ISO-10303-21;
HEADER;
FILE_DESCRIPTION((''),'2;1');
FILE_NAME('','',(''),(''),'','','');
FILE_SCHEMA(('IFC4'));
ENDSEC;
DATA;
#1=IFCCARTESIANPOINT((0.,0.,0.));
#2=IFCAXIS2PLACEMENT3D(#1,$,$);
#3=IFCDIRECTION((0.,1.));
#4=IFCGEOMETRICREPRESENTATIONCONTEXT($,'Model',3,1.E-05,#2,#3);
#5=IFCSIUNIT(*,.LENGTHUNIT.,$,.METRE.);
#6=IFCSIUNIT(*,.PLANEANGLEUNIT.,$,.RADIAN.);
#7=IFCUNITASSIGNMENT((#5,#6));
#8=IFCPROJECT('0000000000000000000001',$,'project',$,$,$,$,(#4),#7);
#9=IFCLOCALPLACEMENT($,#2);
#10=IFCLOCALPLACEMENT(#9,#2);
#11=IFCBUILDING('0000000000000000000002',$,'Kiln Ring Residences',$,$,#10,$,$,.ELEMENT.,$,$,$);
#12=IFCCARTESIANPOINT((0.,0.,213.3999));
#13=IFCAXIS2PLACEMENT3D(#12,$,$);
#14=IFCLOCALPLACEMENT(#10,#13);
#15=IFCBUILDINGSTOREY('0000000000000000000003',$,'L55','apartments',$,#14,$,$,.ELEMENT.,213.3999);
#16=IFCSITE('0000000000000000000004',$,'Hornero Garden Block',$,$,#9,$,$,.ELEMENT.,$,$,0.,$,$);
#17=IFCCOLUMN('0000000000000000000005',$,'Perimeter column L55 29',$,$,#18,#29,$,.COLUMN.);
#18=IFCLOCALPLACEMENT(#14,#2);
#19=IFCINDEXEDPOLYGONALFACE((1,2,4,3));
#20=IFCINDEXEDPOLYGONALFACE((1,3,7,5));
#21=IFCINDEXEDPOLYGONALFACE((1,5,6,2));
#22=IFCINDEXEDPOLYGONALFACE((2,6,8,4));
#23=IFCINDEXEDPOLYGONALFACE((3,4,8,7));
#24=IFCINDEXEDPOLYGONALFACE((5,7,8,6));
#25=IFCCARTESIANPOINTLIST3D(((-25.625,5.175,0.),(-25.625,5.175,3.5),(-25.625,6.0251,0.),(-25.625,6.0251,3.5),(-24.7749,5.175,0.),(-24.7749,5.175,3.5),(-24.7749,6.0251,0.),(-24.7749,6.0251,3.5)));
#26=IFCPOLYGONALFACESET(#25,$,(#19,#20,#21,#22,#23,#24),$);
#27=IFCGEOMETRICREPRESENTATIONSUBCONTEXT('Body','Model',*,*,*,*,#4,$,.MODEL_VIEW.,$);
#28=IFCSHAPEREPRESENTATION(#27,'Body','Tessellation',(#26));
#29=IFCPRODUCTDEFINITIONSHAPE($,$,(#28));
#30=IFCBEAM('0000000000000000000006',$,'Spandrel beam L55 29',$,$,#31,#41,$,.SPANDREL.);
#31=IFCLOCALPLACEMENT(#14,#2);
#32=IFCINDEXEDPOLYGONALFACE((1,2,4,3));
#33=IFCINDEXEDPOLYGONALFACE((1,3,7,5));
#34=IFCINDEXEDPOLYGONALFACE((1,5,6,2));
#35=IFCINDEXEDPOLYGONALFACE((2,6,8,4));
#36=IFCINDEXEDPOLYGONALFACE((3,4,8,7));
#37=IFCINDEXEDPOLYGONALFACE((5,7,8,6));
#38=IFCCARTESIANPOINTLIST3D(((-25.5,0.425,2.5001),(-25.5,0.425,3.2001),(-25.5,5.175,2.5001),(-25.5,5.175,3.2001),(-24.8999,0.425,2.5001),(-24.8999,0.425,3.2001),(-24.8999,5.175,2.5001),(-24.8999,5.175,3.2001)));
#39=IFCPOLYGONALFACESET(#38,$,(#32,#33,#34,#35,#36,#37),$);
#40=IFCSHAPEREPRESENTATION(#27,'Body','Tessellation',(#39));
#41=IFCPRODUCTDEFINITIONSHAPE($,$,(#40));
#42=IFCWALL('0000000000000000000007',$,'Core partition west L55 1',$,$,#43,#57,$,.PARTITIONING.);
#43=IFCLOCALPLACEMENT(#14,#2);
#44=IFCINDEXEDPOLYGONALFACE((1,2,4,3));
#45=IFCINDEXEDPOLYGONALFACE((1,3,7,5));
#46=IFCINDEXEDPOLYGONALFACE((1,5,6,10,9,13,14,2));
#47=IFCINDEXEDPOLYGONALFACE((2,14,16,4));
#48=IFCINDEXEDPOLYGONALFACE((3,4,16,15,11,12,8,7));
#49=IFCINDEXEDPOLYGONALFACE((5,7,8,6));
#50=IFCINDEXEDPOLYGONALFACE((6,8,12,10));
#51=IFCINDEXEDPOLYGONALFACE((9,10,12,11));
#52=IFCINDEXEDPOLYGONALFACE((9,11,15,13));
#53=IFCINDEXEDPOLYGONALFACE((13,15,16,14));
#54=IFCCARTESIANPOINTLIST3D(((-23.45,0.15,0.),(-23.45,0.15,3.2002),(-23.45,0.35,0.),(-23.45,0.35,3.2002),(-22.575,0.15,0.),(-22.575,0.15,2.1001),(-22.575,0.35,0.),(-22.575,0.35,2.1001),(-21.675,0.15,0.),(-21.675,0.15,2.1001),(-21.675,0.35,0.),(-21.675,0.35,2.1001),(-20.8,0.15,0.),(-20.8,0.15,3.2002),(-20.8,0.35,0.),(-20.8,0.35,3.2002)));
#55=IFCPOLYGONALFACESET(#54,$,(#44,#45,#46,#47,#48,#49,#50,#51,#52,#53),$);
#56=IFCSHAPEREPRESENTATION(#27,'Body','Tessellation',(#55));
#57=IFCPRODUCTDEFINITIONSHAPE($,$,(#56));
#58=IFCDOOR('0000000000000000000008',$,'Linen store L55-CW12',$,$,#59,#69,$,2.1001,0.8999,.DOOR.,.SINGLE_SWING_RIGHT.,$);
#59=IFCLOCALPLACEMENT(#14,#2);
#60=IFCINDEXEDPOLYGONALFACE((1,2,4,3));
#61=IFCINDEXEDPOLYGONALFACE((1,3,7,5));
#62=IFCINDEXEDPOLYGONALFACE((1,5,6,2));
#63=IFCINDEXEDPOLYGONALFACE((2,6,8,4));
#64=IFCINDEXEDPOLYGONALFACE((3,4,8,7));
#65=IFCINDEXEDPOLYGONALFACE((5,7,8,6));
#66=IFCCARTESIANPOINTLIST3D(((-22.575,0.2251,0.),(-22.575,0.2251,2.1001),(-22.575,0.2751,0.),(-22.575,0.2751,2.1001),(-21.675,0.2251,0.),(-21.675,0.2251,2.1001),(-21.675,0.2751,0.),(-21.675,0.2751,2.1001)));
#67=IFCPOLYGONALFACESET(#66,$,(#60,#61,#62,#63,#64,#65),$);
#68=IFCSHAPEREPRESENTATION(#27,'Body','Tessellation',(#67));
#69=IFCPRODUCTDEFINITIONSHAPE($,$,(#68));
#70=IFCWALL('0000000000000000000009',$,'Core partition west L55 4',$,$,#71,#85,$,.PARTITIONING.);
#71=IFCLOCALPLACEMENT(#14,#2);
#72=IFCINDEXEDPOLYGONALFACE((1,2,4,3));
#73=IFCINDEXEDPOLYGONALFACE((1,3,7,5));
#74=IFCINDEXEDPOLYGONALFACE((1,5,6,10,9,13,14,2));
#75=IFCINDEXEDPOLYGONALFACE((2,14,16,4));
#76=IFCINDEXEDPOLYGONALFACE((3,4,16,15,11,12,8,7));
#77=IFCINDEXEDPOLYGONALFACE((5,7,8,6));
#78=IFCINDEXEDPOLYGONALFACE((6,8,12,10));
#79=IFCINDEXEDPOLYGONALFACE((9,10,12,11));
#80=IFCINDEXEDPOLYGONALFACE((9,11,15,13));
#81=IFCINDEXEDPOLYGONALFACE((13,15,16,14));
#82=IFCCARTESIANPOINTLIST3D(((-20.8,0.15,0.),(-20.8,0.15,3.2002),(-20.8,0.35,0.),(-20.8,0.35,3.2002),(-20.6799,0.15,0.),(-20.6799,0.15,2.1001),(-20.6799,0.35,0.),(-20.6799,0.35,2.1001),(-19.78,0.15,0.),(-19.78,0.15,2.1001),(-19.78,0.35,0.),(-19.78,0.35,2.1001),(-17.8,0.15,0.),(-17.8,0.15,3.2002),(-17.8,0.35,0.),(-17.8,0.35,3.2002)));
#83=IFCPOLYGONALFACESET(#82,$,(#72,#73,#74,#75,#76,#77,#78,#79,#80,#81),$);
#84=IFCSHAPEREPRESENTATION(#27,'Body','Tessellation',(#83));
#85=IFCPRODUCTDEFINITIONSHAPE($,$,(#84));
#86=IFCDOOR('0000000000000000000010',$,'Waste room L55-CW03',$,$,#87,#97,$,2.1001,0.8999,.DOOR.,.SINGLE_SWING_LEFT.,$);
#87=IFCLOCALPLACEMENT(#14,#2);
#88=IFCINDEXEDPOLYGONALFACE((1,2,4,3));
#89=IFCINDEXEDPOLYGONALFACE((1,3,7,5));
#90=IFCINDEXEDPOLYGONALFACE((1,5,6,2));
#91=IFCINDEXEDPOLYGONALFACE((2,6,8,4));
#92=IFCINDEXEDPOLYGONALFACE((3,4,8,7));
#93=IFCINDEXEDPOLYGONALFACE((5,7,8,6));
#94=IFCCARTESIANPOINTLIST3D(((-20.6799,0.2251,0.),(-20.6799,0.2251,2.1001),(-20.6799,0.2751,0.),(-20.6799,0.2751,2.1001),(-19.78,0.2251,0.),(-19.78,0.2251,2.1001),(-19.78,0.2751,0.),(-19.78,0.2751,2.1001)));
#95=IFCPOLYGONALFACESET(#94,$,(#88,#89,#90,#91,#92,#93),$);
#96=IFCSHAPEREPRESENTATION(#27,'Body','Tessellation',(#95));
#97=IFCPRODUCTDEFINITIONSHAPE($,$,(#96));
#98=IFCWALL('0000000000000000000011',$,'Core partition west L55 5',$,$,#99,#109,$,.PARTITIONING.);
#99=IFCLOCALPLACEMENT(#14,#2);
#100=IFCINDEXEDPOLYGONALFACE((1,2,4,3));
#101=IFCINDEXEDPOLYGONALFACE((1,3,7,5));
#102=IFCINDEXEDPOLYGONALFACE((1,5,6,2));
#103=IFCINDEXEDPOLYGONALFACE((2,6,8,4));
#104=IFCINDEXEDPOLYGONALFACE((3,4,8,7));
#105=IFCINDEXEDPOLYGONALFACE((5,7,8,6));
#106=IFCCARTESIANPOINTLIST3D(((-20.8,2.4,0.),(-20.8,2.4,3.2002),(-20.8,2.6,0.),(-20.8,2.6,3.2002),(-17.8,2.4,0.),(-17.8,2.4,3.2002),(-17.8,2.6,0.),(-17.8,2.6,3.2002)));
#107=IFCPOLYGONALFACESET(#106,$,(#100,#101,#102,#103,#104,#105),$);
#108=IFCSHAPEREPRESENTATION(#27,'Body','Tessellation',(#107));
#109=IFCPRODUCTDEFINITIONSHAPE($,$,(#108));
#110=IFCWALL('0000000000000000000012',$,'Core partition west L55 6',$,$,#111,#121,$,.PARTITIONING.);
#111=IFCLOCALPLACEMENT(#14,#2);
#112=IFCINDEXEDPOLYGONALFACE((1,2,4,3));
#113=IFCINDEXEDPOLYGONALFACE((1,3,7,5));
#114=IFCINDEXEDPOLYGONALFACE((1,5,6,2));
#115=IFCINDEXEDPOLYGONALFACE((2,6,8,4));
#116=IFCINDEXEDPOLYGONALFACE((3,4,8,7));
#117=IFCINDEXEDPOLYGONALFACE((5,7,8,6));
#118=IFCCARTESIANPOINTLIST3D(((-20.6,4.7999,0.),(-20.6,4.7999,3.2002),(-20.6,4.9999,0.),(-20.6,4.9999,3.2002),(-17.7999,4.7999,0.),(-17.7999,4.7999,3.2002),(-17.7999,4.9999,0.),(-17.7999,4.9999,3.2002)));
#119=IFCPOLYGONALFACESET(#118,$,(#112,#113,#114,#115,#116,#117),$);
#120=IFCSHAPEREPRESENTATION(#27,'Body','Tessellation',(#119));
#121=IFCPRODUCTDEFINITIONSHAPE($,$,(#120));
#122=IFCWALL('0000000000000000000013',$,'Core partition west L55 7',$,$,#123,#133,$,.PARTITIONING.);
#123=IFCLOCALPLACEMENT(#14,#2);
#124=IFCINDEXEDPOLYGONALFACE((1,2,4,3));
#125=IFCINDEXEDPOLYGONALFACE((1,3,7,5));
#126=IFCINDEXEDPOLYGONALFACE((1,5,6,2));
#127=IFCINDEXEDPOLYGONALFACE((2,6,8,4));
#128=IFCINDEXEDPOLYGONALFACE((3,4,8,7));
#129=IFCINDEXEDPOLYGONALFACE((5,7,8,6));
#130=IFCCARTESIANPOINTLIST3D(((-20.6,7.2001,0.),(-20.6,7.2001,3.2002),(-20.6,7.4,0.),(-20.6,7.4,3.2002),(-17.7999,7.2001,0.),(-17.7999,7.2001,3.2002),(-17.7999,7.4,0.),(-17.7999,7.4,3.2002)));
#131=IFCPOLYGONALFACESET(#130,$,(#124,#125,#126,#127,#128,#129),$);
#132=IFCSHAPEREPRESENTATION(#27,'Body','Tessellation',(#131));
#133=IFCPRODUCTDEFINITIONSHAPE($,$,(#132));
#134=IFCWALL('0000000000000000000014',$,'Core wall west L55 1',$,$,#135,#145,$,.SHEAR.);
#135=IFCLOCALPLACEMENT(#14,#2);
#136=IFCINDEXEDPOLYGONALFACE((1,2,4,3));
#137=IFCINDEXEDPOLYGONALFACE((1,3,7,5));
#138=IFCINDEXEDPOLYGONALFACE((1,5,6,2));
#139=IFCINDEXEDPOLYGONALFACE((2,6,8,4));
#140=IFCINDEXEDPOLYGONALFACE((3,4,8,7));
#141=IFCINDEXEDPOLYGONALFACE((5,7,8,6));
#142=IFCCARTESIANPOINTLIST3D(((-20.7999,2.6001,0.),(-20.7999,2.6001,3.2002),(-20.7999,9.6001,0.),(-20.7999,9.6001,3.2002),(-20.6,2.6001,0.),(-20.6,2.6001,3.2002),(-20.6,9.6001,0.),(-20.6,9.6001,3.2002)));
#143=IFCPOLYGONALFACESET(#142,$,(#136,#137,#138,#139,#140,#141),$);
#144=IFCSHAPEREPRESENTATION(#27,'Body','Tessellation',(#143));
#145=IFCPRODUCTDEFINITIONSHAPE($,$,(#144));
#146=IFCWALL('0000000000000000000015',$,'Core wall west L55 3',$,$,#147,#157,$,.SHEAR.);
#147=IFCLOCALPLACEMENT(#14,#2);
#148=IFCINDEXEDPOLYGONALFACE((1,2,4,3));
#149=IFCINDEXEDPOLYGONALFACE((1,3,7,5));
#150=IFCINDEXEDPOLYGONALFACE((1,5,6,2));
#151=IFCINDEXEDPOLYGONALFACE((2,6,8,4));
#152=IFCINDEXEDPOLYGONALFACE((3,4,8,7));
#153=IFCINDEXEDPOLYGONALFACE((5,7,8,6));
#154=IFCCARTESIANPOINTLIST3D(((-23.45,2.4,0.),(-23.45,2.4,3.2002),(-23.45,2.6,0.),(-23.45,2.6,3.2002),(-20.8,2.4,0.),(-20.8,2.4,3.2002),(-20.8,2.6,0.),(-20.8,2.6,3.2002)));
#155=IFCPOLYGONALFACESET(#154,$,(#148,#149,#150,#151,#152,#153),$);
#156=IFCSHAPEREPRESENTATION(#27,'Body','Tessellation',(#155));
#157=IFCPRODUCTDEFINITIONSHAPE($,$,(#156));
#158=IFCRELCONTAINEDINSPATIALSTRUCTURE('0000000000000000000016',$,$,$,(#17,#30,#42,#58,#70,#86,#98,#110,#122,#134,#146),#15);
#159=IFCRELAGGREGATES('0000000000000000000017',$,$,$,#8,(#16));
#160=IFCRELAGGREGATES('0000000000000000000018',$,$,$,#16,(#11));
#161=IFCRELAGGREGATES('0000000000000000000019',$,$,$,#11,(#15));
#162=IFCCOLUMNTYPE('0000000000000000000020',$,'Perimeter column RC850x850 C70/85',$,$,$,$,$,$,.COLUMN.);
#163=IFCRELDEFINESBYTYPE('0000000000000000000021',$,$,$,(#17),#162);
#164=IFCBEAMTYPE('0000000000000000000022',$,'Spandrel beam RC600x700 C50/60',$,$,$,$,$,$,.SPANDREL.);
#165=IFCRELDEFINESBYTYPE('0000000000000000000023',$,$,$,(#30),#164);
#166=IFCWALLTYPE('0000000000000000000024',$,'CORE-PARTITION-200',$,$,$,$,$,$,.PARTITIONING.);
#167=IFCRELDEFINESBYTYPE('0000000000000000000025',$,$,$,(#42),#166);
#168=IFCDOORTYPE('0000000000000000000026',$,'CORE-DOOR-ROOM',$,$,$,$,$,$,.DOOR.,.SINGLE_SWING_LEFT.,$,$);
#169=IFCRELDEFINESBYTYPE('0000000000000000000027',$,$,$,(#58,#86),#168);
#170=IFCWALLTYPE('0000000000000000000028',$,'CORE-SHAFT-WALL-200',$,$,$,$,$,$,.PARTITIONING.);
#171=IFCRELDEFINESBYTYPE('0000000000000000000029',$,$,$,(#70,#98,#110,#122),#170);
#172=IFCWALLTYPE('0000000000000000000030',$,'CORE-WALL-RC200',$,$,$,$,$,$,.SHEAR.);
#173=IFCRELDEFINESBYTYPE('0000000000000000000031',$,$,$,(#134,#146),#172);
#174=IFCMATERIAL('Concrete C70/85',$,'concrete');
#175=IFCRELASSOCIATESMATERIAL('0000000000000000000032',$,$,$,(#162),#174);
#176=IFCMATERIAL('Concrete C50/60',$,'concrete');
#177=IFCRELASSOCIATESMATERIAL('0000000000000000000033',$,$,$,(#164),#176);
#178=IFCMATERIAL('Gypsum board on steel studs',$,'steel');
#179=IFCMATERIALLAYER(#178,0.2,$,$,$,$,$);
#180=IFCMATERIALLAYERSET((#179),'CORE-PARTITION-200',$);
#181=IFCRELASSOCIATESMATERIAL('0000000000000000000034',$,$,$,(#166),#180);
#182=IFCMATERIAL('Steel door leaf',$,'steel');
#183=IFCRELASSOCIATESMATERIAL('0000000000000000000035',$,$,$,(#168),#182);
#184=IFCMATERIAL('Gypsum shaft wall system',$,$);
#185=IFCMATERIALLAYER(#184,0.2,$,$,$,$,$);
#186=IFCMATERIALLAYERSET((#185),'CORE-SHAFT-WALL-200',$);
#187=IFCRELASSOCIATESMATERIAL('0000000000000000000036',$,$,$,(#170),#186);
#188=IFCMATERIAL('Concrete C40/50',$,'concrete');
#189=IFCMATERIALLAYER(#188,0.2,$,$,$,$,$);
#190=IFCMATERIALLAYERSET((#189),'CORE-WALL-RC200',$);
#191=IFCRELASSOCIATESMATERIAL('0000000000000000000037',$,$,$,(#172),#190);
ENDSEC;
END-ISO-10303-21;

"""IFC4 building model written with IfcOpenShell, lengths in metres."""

from ifc_helpers import new_model, si_unit, direction, frame, frame_2d, origin, origin_2d, place, context, subcontext, project, spatial, rectangle, extrude, material, layer, layer_set, material_profile, profile_set, type_object, element, fill, save


model = new_model("IFC4")

# Units and contexts
model_context = context("Model", 3, precision=1e-05, world=origin(), true_north=direction((0.0, 1.0)))
body_context = subcontext(model_context, "Body", "Model", "MODEL_VIEW")
ifc_project = project(units=[si_unit("LENGTHUNIT", "METRE"), si_unit("PLANEANGLEUNIT", "RADIAN")], contexts=[model_context])

# Site, building, storey
site_placement = place(None, origin())
site = spatial("IfcSite", under=ifc_project, at=site_placement, Name="Hornero Garden Block", CompositionType="ELEMENT", RefElevation=0.0)
building_placement = place(site_placement, origin())
building = spatial("IfcBuilding", under=site, at=building_placement, Name="Kiln Ring Residences", CompositionType="ELEMENT")
storey_placement = place(building_placement, frame((0.0, 0.0, 213.3999)))
storey = spatial("IfcBuildingStorey", under=building, at=storey_placement, Name="L55", Description="apartments", CompositionType="ELEMENT", Elevation=213.3999)

# Column
ifc_material_1 = material(Name="Concrete C70/85", Category="concrete")
ifc_material_profile_1 = material_profile(ifc_material_1, rectangle(XDim=0.8501, YDim=0.8501, at=origin_2d()), Name="RC850x850")
ifc_profile_set_1 = profile_set([ifc_material_profile_1], Name="Concrete C70/85")
column_type = type_object("IfcColumnType", Name="Perimeter column RC850x850 C70/85", PredefinedType="COLUMN", material=ifc_profile_set_1)
column_placement = place(storey_placement, frame((-25.2, 5.6001, 0.0), z_axis=(0.0, 0.0, 1.0), x_axis=(1.0, 0.0, 0.0)))
element("IfcColumn", 1, at=column_placement, inside=storey, type_object=column_type, Name="Perimeter column L55 29", PredefinedType="COLUMN", context=body_context, shape_type="SweptSolid", body=[
    extrude(rectangle(XDim=0.8501, YDim=0.8501, at=origin_2d()), origin(), (0.0, 0.0, 1.0), 3.5),
])

# Beam
ifc_material_2 = material(Name="Concrete C50/60", Category="concrete")
ifc_material_profile_2 = material_profile(ifc_material_2, rectangle(XDim=0.6001, YDim=0.7, at=origin_2d()), Name="RC600x700")
ifc_profile_set_2 = profile_set([ifc_material_profile_2], Name="Concrete C50/60")
beam_type = type_object("IfcBeamType", Name="Spandrel beam RC600x700 C50/60", PredefinedType="SPANDREL", material=ifc_profile_set_2)
beam_placement = place(storey_placement, frame((-25.2, 5.175, 2.8501), z_axis=(0.0, -1.0, 0.0), x_axis=(1.0, 0.0, 0.0)))
element("IfcBeam", 2, at=beam_placement, inside=storey, type_object=beam_type, Name="Spandrel beam L55 29", PredefinedType="SPANDREL", context=body_context, shape_type="SweptSolid", body=[
    extrude(rectangle(XDim=0.6001, YDim=0.7, at=origin_2d()), origin(), (0.0, 0.0, 1.0), 4.75),
])

# Walls, openings, doors
ifc_material_3 = material(Name="Gypsum board on steel studs", Category="steel")
ifc_layer_1 = layer(ifc_material_3, 0.2)
ifc_layer_set_1 = layer_set([ifc_layer_1], Name="CORE-PARTITION-200")
wall_type_1 = type_object("IfcWallType", Name="CORE-PARTITION-200", PredefinedType="PARTITIONING", material=ifc_layer_set_1)
wall_1_placement = place(storey_placement, frame((-20.8, 0.25, 0.0), z_axis=(0.0, 0.0, 1.0), x_axis=(-1.0, 0.0, 0.0)))
wall_1 = element("IfcWall", 3, at=wall_1_placement, inside=storey, type_object=wall_type_1, Name="Core partition west L55 1", PredefinedType="PARTITIONING", context=body_context, shape_type="SweptSolid", body=[
    extrude(rectangle(XDim=2.6499, YDim=0.2, at=frame_2d((1.325, 0.0))), origin(), (0.0, 0.0, 1.0), 3.2002),
])
opening_1_placement = place(wall_1_placement, frame((0.875, 0.0, 0.0)))
opening_1 = element("IfcOpeningElement", 4, at=opening_1_placement, cuts=wall_1, PredefinedType="OPENING", context=body_context, shape_type="SweptSolid", body=[
    extrude(rectangle(XDim=0.8999, YDim=2.1001, at=frame_2d((0.45, 1.05))), frame((0.0, 0.1099, 0.0), z_axis=(0.0, -1.0, 0.0), x_axis=(1.0, 0.0, 0.0)), (0.0, 0.0, 1.0), 0.22),
])
ifc_material_4 = material(Name="Steel door leaf", Category="steel")
door_type_1 = type_object("IfcDoorType", Name="CORE-DOOR-ROOM", OperationType="SINGLE_SWING_LEFT", PredefinedType="DOOR", material=ifc_material_4)
door_1_placement = place(opening_1_placement, origin())
door_1 = element("IfcDoor", 5, at=door_1_placement, inside=storey, type_object=door_type_1, Name="Linen store L55-CW12", OperationType="SINGLE_SWING_RIGHT", OverallHeight=2.1001, OverallWidth=0.8999, PredefinedType="DOOR", context=body_context, shape_type="SweptSolid", body=[
    extrude(rectangle(XDim=0.8999, YDim=2.1001, at=frame_2d((0.45, 1.05))), frame((0.0, 0.0249, 0.0), z_axis=(0.0, -1.0, 0.0), x_axis=(1.0, 0.0, 0.0)), (0.0, 0.0, 1.0), 0.05),
])
fill(opening_1, door_1)
ifc_material_5 = material(Name="Gypsum shaft wall system")
ifc_layer_2 = layer(ifc_material_5, 0.2)
ifc_layer_set_2 = layer_set([ifc_layer_2], Name="CORE-SHAFT-WALL-200")
wall_type_2 = type_object("IfcWallType", Name="CORE-SHAFT-WALL-200", PredefinedType="PARTITIONING", material=ifc_layer_set_2)
wall_2_placement = place(storey_placement, frame((-17.8, 0.25, 0.0), z_axis=(0.0, 0.0, 1.0), x_axis=(-1.0, 0.0, 0.0)))
wall_2 = element("IfcWall", 6, at=wall_2_placement, inside=storey, type_object=wall_type_2, Name="Core partition west L55 4", PredefinedType="PARTITIONING", context=body_context, shape_type="SweptSolid", body=[
    extrude(rectangle(XDim=3.0, YDim=0.2, at=frame_2d((1.5, 0.0))), origin(), (0.0, 0.0, 1.0), 3.2002),
])
opening_2_placement = place(wall_2_placement, frame((1.98, 0.0, 0.0)))
opening_2 = element("IfcOpeningElement", 7, at=opening_2_placement, cuts=wall_2, PredefinedType="OPENING", context=body_context, shape_type="SweptSolid", body=[
    extrude(rectangle(XDim=0.8999, YDim=2.1001, at=frame_2d((0.45, 1.05))), frame((0.0, 0.1099, 0.0), z_axis=(0.0, -1.0, 0.0), x_axis=(1.0, 0.0, 0.0)), (0.0, 0.0, 1.0), 0.22),
])
door_2_placement = place(opening_2_placement, origin())
door_2 = element("IfcDoor", 8, at=door_2_placement, inside=storey, type_object=door_type_1, Name="Waste room L55-CW03", OperationType="SINGLE_SWING_LEFT", OverallHeight=2.1001, OverallWidth=0.8999, PredefinedType="DOOR", context=body_context, shape_type="SweptSolid", body=[
    extrude(rectangle(XDim=0.8999, YDim=2.1001, at=frame_2d((0.45, 1.05))), frame((0.0, 0.0249, 0.0), z_axis=(0.0, -1.0, 0.0), x_axis=(1.0, 0.0, 0.0)), (0.0, 0.0, 1.0), 0.05),
])
fill(opening_2, door_2)

# Walls
wall_3_placement = place(storey_placement, frame((-17.8, 2.5, 0.0), z_axis=(0.0, 0.0, 1.0), x_axis=(-1.0, 0.0, 0.0)))
element("IfcWall", 9, at=wall_3_placement, inside=storey, type_object=wall_type_2, Name="Core partition west L55 5", PredefinedType="PARTITIONING", context=body_context, shape_type="SweptSolid", body=[
    extrude(rectangle(XDim=3.0, YDim=0.2, at=frame_2d((1.5, 0.0))), origin(), (0.0, 0.0, 1.0), 3.2002),
])
for number, where, z_axis, x_axis, name in (
    (10, (-17.8, 4.8999, 0.0), (0.0, 0.0, 1.0), (-1.0, 0.0, 0.0), "Core partition west L55 6"),
    (11, (-17.8, 7.3, 0.0), (0.0, 0.0, 1.0), (-1.0, 0.0, 0.0), "Core partition west L55 7"),
):
    element("IfcWall", number, at=place(storey_placement, frame(where, z_axis=z_axis, x_axis=x_axis)), inside=storey, type_object=wall_type_2, Name=name, PredefinedType="PARTITIONING", context=body_context, shape_type="SweptSolid", body=[
        extrude(rectangle(XDim=2.8, YDim=0.2, at=frame_2d((1.3999, 0.0))), origin(), (0.0, 0.0, 1.0), 3.2002),
    ])
ifc_material_6 = material(Name="Concrete C40/50", Category="concrete")
ifc_layer_3 = layer(ifc_material_6, 0.2)
ifc_layer_set_3 = layer_set([ifc_layer_3], Name="CORE-WALL-RC200")
wall_type_3 = type_object("IfcWallType", Name="CORE-WALL-RC200", PredefinedType="SHEAR", material=ifc_layer_set_3)
wall_4_placement = place(storey_placement, frame((-20.7, 2.6001, 0.0), z_axis=(0.0, 0.0, 1.0), x_axis=(0.0, 1.0, 0.0)))
element("IfcWall", 12, at=wall_4_placement, inside=storey, type_object=wall_type_3, Name="Core wall west L55 1", PredefinedType="SHEAR", context=body_context, shape_type="SweptSolid", body=[
    extrude(rectangle(XDim=7.0, YDim=0.2, at=frame_2d((3.5, 0.0))), origin(), (0.0, 0.0, 1.0), 3.2002),
])
wall_5_placement = place(storey_placement, frame((-20.8, 2.5, 0.0), z_axis=(0.0, 0.0, 1.0), x_axis=(-1.0, 0.0, 0.0)))
element("IfcWall", 13, at=wall_5_placement, inside=storey, type_object=wall_type_3, Name="Core wall west L55 3", PredefinedType="SHEAR", context=body_context, shape_type="SweptSolid", body=[
    extrude(rectangle(XDim=2.6499, YDim=0.2, at=frame_2d((1.325, 0.0))), origin(), (0.0, 0.0, 1.0), 3.2002),
])

save(model, "model.ifc")
